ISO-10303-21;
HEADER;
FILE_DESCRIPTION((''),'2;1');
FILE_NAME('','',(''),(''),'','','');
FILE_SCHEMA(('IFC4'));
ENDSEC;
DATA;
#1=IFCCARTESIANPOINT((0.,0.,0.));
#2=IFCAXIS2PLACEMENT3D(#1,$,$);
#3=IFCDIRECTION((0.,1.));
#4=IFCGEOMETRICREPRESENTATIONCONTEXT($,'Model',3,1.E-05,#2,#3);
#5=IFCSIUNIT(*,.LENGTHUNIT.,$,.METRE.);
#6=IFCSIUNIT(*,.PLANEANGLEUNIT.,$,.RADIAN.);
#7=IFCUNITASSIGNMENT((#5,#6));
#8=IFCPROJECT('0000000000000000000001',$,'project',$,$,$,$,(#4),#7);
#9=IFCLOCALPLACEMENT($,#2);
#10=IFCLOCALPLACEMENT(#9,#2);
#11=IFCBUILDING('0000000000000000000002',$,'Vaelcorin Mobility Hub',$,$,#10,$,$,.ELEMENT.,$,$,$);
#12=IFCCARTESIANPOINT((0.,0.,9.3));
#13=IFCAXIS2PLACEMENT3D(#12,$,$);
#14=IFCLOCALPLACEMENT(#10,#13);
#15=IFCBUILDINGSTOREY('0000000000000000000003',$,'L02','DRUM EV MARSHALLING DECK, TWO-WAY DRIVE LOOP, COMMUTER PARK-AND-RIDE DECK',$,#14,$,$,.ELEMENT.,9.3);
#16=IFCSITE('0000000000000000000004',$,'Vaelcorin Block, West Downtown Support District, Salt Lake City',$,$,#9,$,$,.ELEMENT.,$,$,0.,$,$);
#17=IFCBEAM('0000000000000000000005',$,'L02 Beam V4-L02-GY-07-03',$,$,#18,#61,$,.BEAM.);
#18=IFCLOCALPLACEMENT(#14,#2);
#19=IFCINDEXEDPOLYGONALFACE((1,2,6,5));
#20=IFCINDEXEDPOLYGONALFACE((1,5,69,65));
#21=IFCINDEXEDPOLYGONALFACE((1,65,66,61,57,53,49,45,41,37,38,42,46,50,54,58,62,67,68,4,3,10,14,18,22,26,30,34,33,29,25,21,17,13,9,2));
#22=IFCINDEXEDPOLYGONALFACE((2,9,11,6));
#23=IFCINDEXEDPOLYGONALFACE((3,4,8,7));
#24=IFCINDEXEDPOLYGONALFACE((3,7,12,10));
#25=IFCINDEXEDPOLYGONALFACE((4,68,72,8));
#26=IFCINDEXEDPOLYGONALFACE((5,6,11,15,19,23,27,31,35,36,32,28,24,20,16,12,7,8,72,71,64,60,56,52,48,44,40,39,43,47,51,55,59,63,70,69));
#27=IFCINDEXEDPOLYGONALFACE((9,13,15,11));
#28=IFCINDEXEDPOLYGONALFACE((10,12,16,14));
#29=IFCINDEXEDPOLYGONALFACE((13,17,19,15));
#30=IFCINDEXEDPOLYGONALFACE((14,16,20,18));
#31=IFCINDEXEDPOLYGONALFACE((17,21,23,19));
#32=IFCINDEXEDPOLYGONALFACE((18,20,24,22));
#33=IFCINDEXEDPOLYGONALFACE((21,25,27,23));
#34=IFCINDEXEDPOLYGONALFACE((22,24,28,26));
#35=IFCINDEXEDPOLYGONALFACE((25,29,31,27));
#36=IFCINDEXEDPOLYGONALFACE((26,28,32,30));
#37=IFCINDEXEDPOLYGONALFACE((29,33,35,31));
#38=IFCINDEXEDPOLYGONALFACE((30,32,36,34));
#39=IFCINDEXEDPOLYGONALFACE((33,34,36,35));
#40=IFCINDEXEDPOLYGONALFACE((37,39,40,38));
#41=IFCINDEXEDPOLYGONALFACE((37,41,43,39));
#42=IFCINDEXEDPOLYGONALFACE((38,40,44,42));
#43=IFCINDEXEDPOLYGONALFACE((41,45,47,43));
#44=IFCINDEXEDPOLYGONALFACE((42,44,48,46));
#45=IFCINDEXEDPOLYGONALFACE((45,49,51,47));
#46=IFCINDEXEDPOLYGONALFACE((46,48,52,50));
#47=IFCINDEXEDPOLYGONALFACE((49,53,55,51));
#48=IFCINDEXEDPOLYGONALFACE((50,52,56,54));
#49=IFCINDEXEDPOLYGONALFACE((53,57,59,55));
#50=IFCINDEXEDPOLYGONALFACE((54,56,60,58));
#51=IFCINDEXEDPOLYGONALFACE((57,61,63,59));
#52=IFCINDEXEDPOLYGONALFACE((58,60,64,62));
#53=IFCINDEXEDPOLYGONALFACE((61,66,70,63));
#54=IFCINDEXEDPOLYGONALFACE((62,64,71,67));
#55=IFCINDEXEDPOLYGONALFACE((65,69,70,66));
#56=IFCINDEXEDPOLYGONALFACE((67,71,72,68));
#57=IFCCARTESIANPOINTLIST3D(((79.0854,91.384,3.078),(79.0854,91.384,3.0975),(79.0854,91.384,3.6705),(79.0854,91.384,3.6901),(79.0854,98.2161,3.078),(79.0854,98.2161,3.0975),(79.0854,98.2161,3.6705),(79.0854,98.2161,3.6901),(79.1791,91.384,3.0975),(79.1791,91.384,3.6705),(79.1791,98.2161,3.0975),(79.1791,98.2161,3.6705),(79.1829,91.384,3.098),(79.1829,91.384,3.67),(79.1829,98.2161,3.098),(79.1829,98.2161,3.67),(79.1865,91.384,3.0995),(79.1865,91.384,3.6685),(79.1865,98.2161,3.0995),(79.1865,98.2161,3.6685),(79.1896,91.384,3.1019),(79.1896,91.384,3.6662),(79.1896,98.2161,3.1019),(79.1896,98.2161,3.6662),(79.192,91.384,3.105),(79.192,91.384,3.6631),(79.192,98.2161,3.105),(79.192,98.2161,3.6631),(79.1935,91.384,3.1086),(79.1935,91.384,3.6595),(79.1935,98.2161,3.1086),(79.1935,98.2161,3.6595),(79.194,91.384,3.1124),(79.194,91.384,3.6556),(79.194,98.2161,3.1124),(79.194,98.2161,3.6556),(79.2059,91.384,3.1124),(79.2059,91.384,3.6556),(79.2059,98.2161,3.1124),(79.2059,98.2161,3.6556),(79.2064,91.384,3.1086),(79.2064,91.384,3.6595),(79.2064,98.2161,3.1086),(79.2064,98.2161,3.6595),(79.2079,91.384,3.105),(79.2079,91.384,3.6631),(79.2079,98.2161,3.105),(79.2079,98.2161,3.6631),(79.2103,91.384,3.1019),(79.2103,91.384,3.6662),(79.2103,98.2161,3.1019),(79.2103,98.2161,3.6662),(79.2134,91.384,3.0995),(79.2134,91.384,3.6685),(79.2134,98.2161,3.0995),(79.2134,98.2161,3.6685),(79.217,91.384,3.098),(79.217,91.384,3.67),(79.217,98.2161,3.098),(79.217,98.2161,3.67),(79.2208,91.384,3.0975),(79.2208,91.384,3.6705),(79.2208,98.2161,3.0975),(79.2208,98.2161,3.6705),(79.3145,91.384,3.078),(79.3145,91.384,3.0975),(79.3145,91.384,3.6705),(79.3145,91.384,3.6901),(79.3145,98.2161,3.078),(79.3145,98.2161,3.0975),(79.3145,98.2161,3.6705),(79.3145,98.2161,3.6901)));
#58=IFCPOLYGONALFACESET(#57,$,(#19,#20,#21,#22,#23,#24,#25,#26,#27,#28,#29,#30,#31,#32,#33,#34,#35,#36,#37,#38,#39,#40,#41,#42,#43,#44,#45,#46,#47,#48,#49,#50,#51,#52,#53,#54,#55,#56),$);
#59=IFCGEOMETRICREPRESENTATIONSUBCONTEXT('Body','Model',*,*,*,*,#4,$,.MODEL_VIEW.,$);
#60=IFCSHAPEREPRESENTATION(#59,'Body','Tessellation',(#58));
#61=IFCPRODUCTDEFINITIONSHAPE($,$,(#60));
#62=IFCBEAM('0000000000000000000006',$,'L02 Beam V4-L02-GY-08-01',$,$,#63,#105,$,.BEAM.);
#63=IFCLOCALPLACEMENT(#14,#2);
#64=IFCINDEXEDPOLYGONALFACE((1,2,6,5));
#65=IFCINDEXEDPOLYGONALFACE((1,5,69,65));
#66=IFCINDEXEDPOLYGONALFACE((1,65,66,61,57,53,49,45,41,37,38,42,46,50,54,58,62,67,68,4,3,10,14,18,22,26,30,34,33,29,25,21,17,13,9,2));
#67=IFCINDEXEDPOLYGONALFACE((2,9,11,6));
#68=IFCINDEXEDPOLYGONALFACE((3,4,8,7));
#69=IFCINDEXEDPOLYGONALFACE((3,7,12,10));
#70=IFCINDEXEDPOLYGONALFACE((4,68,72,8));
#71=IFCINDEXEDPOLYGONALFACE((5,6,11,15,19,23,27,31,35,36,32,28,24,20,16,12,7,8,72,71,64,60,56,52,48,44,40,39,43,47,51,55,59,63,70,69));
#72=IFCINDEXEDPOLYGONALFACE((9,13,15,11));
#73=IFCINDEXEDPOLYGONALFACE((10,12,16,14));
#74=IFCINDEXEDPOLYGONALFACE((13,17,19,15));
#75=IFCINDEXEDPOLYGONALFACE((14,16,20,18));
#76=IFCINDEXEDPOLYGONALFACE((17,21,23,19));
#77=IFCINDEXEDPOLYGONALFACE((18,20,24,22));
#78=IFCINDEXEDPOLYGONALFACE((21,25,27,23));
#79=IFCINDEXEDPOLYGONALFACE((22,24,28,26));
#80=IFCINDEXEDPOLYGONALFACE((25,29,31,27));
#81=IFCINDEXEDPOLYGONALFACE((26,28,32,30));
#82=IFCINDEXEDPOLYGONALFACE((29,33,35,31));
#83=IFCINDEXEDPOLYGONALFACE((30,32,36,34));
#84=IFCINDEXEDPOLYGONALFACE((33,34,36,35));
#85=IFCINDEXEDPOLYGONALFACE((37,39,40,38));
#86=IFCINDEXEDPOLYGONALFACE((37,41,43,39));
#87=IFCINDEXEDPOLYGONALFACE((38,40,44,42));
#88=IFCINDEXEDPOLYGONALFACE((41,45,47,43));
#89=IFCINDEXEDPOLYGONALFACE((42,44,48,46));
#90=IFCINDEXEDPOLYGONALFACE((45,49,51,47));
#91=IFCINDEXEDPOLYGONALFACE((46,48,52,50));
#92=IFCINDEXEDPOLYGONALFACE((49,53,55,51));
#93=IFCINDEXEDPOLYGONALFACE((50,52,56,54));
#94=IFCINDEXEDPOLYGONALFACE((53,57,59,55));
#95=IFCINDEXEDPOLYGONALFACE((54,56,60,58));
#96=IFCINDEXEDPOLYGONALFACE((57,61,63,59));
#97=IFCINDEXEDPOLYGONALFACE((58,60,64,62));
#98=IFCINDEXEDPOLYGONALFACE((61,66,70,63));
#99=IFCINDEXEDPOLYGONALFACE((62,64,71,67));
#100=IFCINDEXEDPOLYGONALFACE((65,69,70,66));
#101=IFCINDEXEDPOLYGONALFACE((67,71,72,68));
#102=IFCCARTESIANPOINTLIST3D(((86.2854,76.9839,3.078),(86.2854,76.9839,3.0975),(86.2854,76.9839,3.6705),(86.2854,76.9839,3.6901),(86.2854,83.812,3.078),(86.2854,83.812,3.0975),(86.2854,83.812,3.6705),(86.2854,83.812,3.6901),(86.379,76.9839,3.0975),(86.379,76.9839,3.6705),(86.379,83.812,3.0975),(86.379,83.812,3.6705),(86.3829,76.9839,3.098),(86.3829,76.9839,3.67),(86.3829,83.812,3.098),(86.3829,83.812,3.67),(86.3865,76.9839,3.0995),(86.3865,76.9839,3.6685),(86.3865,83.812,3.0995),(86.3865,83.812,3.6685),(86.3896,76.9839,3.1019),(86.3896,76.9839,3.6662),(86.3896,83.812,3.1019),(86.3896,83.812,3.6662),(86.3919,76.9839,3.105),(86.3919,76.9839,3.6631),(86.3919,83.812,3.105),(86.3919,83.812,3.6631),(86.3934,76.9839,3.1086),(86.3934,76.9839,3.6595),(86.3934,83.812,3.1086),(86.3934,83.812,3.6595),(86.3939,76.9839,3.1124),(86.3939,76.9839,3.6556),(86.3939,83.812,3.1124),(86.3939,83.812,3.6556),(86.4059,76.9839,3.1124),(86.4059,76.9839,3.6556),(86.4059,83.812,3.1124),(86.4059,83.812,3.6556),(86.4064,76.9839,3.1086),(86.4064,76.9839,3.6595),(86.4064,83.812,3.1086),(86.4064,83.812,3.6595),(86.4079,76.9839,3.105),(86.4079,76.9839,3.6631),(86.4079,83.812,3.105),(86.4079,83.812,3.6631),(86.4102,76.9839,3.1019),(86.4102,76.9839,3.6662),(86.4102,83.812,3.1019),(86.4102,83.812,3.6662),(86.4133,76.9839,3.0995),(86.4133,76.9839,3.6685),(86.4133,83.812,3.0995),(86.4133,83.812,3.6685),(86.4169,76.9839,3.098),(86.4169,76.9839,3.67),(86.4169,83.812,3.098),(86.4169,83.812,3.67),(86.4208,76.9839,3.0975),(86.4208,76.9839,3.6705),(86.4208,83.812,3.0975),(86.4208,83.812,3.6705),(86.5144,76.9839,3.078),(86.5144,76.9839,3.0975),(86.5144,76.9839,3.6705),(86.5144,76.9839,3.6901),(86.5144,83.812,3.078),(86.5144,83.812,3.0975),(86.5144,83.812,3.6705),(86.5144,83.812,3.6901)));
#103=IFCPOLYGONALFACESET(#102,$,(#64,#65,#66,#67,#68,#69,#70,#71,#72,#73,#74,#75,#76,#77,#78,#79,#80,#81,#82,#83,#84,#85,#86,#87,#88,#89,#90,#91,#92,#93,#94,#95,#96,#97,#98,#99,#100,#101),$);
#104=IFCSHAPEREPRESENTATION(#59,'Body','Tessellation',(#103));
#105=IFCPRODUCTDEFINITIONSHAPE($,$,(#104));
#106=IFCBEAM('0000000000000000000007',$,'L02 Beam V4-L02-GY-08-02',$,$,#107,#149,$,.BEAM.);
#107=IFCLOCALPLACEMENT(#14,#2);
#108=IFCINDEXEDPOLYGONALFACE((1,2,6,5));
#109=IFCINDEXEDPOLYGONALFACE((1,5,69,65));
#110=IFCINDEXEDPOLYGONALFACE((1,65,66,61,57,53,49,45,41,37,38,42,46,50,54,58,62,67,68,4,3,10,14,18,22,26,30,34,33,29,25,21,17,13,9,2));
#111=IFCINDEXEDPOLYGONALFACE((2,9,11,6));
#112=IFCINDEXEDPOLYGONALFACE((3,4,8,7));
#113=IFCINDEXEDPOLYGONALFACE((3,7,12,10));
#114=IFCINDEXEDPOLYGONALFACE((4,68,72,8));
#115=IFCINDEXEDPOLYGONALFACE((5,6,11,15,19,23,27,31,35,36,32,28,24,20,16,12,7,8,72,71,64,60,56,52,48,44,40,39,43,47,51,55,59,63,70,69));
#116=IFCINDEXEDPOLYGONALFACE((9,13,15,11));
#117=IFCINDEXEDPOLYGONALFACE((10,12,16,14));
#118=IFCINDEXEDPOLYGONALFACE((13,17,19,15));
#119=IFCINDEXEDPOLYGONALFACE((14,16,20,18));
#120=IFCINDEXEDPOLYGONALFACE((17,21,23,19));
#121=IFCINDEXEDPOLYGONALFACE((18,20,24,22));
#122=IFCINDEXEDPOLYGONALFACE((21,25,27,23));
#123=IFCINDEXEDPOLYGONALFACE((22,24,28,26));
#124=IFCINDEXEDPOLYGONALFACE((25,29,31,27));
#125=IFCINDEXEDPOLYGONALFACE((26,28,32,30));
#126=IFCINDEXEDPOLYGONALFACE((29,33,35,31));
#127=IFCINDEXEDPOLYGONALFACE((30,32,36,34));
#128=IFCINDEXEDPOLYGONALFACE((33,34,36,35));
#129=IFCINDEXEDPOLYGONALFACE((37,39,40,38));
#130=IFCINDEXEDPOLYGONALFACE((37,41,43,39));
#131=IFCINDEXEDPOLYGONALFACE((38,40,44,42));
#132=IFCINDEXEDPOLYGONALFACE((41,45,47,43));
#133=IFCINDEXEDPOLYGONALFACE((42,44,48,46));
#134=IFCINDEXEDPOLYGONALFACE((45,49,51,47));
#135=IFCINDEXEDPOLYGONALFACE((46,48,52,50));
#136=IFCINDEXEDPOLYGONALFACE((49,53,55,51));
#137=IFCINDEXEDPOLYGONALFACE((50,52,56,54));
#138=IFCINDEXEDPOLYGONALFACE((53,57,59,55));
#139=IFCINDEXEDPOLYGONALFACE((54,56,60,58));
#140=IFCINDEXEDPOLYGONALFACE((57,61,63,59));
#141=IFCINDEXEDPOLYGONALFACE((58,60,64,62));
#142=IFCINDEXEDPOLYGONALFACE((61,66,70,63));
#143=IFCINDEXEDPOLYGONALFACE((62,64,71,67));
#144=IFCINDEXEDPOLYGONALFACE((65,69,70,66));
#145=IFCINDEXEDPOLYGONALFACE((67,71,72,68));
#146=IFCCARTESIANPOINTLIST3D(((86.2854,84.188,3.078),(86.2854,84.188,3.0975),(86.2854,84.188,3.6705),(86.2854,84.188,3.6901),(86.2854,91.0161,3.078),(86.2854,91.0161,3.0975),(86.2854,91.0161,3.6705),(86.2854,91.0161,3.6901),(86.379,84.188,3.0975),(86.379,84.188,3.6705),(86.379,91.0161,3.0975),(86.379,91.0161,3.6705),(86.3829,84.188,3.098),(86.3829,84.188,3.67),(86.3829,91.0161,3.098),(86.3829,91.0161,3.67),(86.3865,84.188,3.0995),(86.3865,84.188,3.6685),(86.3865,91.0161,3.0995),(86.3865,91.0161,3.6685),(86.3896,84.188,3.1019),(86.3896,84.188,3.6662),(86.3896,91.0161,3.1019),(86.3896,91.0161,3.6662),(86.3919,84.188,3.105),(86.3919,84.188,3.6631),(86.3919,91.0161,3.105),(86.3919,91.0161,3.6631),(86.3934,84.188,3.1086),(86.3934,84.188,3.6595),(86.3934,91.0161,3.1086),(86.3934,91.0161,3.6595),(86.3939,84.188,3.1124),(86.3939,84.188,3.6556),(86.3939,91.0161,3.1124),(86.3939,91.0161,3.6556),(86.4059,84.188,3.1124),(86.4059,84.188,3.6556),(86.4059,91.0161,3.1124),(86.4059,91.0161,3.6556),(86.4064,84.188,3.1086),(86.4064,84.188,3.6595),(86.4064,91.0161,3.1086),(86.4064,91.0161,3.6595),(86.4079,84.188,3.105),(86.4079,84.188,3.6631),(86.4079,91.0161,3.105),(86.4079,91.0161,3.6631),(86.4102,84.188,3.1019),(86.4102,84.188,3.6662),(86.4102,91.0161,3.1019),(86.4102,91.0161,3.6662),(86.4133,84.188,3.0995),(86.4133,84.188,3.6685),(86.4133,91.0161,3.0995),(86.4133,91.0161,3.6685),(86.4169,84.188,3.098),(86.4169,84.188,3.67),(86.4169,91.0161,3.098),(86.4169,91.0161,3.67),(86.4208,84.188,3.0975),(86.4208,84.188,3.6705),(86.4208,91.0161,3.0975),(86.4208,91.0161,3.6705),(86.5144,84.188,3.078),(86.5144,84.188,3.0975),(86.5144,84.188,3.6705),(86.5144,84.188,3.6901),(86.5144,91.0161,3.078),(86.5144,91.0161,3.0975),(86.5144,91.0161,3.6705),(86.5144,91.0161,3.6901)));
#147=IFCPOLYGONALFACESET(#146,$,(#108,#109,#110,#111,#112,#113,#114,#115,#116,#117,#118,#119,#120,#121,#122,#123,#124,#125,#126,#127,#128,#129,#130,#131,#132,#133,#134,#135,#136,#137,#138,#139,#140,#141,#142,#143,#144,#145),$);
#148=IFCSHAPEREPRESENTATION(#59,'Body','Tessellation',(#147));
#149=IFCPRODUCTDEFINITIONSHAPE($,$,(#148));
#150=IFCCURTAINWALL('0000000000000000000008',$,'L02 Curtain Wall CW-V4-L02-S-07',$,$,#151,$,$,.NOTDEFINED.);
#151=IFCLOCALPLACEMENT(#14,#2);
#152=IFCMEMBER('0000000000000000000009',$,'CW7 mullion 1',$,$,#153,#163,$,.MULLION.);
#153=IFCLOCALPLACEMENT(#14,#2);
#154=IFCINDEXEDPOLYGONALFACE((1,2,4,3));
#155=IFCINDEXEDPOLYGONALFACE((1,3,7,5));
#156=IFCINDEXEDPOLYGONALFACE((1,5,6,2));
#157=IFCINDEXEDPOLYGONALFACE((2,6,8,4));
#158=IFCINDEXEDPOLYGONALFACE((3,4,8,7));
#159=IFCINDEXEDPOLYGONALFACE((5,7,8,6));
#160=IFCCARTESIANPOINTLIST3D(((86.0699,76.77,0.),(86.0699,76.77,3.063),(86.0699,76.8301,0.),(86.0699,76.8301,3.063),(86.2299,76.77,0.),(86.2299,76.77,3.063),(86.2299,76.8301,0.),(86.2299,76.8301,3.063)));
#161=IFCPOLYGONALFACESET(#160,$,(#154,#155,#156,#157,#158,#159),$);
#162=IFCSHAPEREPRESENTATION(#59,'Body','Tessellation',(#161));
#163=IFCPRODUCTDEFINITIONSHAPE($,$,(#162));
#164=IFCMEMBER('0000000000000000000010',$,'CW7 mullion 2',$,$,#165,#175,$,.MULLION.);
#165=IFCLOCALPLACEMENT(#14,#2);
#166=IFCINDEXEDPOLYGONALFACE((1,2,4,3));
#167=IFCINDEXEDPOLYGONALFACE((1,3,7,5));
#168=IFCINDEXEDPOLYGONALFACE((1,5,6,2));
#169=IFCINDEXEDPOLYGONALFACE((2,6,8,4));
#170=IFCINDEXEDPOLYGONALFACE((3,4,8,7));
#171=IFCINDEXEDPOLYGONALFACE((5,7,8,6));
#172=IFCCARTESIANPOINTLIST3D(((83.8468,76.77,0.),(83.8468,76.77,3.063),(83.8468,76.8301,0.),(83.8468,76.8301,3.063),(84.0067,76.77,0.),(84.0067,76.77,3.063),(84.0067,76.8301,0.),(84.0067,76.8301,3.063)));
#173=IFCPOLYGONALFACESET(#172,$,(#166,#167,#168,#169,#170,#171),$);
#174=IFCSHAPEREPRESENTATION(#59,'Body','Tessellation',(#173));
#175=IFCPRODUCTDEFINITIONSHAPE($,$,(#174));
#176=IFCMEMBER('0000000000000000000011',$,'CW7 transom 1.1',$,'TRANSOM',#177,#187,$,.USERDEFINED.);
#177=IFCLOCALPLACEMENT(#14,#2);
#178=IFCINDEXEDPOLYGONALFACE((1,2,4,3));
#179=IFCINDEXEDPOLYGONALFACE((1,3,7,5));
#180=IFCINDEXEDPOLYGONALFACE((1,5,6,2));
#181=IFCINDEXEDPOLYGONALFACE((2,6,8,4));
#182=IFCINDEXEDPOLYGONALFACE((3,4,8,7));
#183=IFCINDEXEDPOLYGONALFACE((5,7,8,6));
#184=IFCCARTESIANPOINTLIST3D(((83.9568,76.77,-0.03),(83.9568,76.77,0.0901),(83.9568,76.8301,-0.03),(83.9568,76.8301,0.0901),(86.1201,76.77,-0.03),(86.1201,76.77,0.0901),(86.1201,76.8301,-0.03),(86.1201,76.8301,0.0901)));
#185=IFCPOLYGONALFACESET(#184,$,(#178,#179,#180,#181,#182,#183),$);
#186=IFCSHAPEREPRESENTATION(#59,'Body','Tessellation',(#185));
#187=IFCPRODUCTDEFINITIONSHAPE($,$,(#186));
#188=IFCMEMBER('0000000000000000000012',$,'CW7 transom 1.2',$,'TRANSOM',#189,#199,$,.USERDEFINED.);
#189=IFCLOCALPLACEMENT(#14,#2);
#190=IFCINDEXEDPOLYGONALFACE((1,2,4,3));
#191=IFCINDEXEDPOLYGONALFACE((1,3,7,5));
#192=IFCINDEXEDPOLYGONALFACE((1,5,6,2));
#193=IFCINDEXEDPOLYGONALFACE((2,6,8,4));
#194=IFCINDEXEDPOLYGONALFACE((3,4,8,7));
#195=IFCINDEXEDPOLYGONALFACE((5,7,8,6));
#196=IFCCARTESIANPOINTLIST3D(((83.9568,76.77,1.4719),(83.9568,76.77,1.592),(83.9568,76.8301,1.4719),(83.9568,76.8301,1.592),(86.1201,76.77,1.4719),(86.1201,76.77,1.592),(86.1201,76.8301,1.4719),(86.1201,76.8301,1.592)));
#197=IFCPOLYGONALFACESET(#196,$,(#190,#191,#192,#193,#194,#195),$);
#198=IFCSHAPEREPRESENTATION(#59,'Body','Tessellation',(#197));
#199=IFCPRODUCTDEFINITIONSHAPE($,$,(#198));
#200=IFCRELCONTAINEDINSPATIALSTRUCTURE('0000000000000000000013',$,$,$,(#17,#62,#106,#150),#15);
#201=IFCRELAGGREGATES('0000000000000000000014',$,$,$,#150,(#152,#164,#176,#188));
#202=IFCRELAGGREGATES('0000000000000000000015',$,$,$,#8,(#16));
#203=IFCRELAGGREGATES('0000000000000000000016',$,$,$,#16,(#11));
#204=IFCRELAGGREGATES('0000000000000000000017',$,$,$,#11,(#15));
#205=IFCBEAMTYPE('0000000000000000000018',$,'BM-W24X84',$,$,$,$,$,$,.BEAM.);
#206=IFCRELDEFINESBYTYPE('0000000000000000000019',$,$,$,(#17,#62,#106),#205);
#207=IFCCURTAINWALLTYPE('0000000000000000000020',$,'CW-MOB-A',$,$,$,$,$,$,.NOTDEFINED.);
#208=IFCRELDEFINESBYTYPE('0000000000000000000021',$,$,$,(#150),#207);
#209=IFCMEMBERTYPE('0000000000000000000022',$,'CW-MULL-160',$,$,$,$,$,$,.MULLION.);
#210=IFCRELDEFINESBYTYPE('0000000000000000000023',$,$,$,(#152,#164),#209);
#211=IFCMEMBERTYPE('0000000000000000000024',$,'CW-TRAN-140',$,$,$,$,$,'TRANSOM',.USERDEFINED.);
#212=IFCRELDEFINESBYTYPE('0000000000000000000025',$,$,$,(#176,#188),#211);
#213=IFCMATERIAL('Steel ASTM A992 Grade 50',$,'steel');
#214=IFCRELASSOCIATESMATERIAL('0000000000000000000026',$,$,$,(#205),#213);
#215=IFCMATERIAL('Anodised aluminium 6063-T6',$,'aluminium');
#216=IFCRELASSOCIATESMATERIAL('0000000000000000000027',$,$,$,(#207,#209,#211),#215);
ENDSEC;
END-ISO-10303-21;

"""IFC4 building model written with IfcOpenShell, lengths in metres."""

from ifc_helpers import new_model, si_unit, direction, frame, origin, origin_2d, place, context, subcontext, project, spatial, rectangle, i_section, extrude, material, material_profile, profile_set, type_object, element, aggregate, save


model = new_model("IFC4")

# Units and contexts
model_context = context("Model", 3, precision=1e-05, world=origin(), true_north=direction((0.0, 1.0)))
body_context = subcontext(model_context, "Body", "Model", "MODEL_VIEW")
ifc_project = project(units=[si_unit("LENGTHUNIT", "METRE"), si_unit("PLANEANGLEUNIT", "RADIAN")], contexts=[model_context])

# Site, building, storey
site_placement = place(None, origin())
site = spatial("IfcSite", under=ifc_project, at=site_placement, Name="Vaelcorin Block, West Downtown Support District, Salt Lake City", CompositionType="ELEMENT", RefElevation=0.0)
building_placement = place(site_placement, origin())
building = spatial("IfcBuilding", under=site, at=building_placement, Name="Vaelcorin Mobility Hub", CompositionType="ELEMENT")
storey_placement = place(building_placement, frame((0.0, 0.0, 9.3)))
storey = spatial("IfcBuildingStorey", under=building, at=storey_placement, Name="L02", Description="DRUM EV MARSHALLING DECK, TWO-WAY DRIVE LOOP, COMMUTER PARK-AND-RIDE DECK", CompositionType="ELEMENT", Elevation=9.3)

# Shared definitions
ifc_material_1 = material(Name="Steel ASTM A992 Grade 50", Category="steel")

# Beams
ifc_material_profile_1 = material_profile(ifc_material_1, i_section(OverallWidth=0.229, OverallDepth=0.6121, WebThickness=0.012, FlangeThickness=0.0195, FilletRadius=0.0149, at=origin_2d()), Name="W24X84")
ifc_profile_set_1 = profile_set([ifc_material_profile_1], Name="Steel ASTM A992 Grade 50")
beam_type_1 = type_object("IfcBeamType", Name="BM-W24X84", PredefinedType="BEAM", material=ifc_profile_set_1)
beam_1_placement = place(storey_placement, frame((79.2, 91.384, 3.384), z_axis=(0.0, 1.0, 0.0), x_axis=(-1.0, 0.0, 0.0)))
element("IfcBeam", 1, at=beam_1_placement, inside=storey, type_object=beam_type_1, Name="L02 Beam V4-L02-GY-07-03", PredefinedType="BEAM", context=body_context, shape_type="SweptSolid", body=[
    extrude(i_section(OverallWidth=0.229, OverallDepth=0.6121, WebThickness=0.012, FlangeThickness=0.0195, FilletRadius=0.0149, at=origin_2d()), origin(), (0.0, 0.0, 1.0), 6.832),
])
for number, where, z_axis, x_axis, name in (
    (2, (86.3999, 76.9839, 3.384), (0.0, 1.0, 0.0), (-1.0, 0.0, 0.0), "L02 Beam V4-L02-GY-08-01"),
    (3, (86.3999, 84.188, 3.384), (0.0, 1.0, 0.0), (-1.0, 0.0, 0.0), "L02 Beam V4-L02-GY-08-02"),
):
    element("IfcBeam", number, at=place(storey_placement, frame(where, z_axis=z_axis, x_axis=x_axis)), inside=storey, type_object=beam_type_1, Name=name, PredefinedType="BEAM", context=body_context, shape_type="SweptSolid", body=[
        extrude(i_section(OverallWidth=0.229, OverallDepth=0.6121, WebThickness=0.012, FlangeThickness=0.0195, FilletRadius=0.0149, at=origin_2d()), origin(), (0.0, 0.0, 1.0), 6.8281),
    ])

# Curtain wall, members
ifc_material_2 = material(Name="Anodised aluminium 6063-T6", Category="aluminium")
curtain_wall_type = type_object("IfcCurtainWallType", Name="CW-MOB-A", PredefinedType="NOTDEFINED", material=ifc_material_2)
curtain_wall_placement = place(storey_placement, origin())
curtain_wall = element("IfcCurtainWall", 4, at=curtain_wall_placement, inside=storey, type_object=curtain_wall_type, Name="L02 Curtain Wall CW-V4-L02-S-07", PredefinedType="NOTDEFINED")
ifc_material_profile_2 = material_profile(ifc_material_2, rectangle(XDim=0.0601, YDim=0.1599, at=origin_2d()), Name="ALU-M60X160")
ifc_profile_set_2 = profile_set([ifc_material_profile_2], Name="Anodised aluminium 6063-T6")
member_type_1 = type_object("IfcMemberType", Name="CW-MULL-160", PredefinedType="MULLION", material=ifc_profile_set_2)
member_1_placement = place(storey_placement, frame((86.1499, 76.8, 0.0), z_axis=(0.0, 0.0, 1.0), x_axis=(0.0, -1.0, 0.0)))
member_1 = element("IfcMember", 5, at=member_1_placement, type_object=member_type_1, Name="CW7 mullion 1", PredefinedType="MULLION", context=body_context, shape_type="SweptSolid", body=[
    extrude(rectangle(XDim=0.0601, YDim=0.1599, at=origin_2d()), origin(), (0.0, 0.0, 1.0), 3.063),
])
member_2_placement = place(storey_placement, frame((83.9268, 76.8, 0.0), z_axis=(0.0, 0.0, 1.0), x_axis=(0.0, -1.0, 0.0)))
member_2 = element("IfcMember", 6, at=member_2_placement, type_object=member_type_1, Name="CW7 mullion 2", PredefinedType="MULLION", context=body_context, shape_type="SweptSolid", body=[
    extrude(rectangle(XDim=0.0601, YDim=0.1599, at=origin_2d()), origin(), (0.0, 0.0, 1.0), 3.063),
])
ifc_material_profile_3 = material_profile(ifc_material_2, rectangle(XDim=0.0601, YDim=0.1201, at=origin_2d()), Name="ALU-T60X120")
ifc_profile_set_3 = profile_set([ifc_material_profile_3], Name="Anodised aluminium 6063-T6")
member_type_2 = type_object("IfcMemberType", Name="CW-TRAN-140", ElementType="TRANSOM", PredefinedType="USERDEFINED", material=ifc_profile_set_3)
member_3_placement = place(storey_placement, frame((86.1201, 76.8, 0.03), z_axis=(-1.0, 0.0, 0.0), x_axis=(0.0, -1.0, 0.0)))
member_3 = element("IfcMember", 7, at=member_3_placement, type_object=member_type_2, Name="CW7 transom 1.1", ObjectType="TRANSOM", PredefinedType="USERDEFINED", context=body_context, shape_type="SweptSolid", body=[
    extrude(rectangle(XDim=0.0601, YDim=0.1201, at=origin_2d()), origin(), (0.0, 0.0, 1.0), 2.1633),
])
member_4_placement = place(storey_placement, frame((86.1201, 76.8, 1.532), z_axis=(-1.0, 0.0, 0.0), x_axis=(0.0, -1.0, 0.0)))
member_4 = element("IfcMember", 8, at=member_4_placement, type_object=member_type_2, Name="CW7 transom 1.2", ObjectType="TRANSOM", PredefinedType="USERDEFINED", context=body_context, shape_type="SweptSolid", body=[
    extrude(rectangle(XDim=0.0601, YDim=0.1201, at=origin_2d()), origin(), (0.0, 0.0, 1.0), 2.1633),
])
aggregate(curtain_wall, [member_1, member_2, member_3, member_4])

save(model, "model.ifc")
